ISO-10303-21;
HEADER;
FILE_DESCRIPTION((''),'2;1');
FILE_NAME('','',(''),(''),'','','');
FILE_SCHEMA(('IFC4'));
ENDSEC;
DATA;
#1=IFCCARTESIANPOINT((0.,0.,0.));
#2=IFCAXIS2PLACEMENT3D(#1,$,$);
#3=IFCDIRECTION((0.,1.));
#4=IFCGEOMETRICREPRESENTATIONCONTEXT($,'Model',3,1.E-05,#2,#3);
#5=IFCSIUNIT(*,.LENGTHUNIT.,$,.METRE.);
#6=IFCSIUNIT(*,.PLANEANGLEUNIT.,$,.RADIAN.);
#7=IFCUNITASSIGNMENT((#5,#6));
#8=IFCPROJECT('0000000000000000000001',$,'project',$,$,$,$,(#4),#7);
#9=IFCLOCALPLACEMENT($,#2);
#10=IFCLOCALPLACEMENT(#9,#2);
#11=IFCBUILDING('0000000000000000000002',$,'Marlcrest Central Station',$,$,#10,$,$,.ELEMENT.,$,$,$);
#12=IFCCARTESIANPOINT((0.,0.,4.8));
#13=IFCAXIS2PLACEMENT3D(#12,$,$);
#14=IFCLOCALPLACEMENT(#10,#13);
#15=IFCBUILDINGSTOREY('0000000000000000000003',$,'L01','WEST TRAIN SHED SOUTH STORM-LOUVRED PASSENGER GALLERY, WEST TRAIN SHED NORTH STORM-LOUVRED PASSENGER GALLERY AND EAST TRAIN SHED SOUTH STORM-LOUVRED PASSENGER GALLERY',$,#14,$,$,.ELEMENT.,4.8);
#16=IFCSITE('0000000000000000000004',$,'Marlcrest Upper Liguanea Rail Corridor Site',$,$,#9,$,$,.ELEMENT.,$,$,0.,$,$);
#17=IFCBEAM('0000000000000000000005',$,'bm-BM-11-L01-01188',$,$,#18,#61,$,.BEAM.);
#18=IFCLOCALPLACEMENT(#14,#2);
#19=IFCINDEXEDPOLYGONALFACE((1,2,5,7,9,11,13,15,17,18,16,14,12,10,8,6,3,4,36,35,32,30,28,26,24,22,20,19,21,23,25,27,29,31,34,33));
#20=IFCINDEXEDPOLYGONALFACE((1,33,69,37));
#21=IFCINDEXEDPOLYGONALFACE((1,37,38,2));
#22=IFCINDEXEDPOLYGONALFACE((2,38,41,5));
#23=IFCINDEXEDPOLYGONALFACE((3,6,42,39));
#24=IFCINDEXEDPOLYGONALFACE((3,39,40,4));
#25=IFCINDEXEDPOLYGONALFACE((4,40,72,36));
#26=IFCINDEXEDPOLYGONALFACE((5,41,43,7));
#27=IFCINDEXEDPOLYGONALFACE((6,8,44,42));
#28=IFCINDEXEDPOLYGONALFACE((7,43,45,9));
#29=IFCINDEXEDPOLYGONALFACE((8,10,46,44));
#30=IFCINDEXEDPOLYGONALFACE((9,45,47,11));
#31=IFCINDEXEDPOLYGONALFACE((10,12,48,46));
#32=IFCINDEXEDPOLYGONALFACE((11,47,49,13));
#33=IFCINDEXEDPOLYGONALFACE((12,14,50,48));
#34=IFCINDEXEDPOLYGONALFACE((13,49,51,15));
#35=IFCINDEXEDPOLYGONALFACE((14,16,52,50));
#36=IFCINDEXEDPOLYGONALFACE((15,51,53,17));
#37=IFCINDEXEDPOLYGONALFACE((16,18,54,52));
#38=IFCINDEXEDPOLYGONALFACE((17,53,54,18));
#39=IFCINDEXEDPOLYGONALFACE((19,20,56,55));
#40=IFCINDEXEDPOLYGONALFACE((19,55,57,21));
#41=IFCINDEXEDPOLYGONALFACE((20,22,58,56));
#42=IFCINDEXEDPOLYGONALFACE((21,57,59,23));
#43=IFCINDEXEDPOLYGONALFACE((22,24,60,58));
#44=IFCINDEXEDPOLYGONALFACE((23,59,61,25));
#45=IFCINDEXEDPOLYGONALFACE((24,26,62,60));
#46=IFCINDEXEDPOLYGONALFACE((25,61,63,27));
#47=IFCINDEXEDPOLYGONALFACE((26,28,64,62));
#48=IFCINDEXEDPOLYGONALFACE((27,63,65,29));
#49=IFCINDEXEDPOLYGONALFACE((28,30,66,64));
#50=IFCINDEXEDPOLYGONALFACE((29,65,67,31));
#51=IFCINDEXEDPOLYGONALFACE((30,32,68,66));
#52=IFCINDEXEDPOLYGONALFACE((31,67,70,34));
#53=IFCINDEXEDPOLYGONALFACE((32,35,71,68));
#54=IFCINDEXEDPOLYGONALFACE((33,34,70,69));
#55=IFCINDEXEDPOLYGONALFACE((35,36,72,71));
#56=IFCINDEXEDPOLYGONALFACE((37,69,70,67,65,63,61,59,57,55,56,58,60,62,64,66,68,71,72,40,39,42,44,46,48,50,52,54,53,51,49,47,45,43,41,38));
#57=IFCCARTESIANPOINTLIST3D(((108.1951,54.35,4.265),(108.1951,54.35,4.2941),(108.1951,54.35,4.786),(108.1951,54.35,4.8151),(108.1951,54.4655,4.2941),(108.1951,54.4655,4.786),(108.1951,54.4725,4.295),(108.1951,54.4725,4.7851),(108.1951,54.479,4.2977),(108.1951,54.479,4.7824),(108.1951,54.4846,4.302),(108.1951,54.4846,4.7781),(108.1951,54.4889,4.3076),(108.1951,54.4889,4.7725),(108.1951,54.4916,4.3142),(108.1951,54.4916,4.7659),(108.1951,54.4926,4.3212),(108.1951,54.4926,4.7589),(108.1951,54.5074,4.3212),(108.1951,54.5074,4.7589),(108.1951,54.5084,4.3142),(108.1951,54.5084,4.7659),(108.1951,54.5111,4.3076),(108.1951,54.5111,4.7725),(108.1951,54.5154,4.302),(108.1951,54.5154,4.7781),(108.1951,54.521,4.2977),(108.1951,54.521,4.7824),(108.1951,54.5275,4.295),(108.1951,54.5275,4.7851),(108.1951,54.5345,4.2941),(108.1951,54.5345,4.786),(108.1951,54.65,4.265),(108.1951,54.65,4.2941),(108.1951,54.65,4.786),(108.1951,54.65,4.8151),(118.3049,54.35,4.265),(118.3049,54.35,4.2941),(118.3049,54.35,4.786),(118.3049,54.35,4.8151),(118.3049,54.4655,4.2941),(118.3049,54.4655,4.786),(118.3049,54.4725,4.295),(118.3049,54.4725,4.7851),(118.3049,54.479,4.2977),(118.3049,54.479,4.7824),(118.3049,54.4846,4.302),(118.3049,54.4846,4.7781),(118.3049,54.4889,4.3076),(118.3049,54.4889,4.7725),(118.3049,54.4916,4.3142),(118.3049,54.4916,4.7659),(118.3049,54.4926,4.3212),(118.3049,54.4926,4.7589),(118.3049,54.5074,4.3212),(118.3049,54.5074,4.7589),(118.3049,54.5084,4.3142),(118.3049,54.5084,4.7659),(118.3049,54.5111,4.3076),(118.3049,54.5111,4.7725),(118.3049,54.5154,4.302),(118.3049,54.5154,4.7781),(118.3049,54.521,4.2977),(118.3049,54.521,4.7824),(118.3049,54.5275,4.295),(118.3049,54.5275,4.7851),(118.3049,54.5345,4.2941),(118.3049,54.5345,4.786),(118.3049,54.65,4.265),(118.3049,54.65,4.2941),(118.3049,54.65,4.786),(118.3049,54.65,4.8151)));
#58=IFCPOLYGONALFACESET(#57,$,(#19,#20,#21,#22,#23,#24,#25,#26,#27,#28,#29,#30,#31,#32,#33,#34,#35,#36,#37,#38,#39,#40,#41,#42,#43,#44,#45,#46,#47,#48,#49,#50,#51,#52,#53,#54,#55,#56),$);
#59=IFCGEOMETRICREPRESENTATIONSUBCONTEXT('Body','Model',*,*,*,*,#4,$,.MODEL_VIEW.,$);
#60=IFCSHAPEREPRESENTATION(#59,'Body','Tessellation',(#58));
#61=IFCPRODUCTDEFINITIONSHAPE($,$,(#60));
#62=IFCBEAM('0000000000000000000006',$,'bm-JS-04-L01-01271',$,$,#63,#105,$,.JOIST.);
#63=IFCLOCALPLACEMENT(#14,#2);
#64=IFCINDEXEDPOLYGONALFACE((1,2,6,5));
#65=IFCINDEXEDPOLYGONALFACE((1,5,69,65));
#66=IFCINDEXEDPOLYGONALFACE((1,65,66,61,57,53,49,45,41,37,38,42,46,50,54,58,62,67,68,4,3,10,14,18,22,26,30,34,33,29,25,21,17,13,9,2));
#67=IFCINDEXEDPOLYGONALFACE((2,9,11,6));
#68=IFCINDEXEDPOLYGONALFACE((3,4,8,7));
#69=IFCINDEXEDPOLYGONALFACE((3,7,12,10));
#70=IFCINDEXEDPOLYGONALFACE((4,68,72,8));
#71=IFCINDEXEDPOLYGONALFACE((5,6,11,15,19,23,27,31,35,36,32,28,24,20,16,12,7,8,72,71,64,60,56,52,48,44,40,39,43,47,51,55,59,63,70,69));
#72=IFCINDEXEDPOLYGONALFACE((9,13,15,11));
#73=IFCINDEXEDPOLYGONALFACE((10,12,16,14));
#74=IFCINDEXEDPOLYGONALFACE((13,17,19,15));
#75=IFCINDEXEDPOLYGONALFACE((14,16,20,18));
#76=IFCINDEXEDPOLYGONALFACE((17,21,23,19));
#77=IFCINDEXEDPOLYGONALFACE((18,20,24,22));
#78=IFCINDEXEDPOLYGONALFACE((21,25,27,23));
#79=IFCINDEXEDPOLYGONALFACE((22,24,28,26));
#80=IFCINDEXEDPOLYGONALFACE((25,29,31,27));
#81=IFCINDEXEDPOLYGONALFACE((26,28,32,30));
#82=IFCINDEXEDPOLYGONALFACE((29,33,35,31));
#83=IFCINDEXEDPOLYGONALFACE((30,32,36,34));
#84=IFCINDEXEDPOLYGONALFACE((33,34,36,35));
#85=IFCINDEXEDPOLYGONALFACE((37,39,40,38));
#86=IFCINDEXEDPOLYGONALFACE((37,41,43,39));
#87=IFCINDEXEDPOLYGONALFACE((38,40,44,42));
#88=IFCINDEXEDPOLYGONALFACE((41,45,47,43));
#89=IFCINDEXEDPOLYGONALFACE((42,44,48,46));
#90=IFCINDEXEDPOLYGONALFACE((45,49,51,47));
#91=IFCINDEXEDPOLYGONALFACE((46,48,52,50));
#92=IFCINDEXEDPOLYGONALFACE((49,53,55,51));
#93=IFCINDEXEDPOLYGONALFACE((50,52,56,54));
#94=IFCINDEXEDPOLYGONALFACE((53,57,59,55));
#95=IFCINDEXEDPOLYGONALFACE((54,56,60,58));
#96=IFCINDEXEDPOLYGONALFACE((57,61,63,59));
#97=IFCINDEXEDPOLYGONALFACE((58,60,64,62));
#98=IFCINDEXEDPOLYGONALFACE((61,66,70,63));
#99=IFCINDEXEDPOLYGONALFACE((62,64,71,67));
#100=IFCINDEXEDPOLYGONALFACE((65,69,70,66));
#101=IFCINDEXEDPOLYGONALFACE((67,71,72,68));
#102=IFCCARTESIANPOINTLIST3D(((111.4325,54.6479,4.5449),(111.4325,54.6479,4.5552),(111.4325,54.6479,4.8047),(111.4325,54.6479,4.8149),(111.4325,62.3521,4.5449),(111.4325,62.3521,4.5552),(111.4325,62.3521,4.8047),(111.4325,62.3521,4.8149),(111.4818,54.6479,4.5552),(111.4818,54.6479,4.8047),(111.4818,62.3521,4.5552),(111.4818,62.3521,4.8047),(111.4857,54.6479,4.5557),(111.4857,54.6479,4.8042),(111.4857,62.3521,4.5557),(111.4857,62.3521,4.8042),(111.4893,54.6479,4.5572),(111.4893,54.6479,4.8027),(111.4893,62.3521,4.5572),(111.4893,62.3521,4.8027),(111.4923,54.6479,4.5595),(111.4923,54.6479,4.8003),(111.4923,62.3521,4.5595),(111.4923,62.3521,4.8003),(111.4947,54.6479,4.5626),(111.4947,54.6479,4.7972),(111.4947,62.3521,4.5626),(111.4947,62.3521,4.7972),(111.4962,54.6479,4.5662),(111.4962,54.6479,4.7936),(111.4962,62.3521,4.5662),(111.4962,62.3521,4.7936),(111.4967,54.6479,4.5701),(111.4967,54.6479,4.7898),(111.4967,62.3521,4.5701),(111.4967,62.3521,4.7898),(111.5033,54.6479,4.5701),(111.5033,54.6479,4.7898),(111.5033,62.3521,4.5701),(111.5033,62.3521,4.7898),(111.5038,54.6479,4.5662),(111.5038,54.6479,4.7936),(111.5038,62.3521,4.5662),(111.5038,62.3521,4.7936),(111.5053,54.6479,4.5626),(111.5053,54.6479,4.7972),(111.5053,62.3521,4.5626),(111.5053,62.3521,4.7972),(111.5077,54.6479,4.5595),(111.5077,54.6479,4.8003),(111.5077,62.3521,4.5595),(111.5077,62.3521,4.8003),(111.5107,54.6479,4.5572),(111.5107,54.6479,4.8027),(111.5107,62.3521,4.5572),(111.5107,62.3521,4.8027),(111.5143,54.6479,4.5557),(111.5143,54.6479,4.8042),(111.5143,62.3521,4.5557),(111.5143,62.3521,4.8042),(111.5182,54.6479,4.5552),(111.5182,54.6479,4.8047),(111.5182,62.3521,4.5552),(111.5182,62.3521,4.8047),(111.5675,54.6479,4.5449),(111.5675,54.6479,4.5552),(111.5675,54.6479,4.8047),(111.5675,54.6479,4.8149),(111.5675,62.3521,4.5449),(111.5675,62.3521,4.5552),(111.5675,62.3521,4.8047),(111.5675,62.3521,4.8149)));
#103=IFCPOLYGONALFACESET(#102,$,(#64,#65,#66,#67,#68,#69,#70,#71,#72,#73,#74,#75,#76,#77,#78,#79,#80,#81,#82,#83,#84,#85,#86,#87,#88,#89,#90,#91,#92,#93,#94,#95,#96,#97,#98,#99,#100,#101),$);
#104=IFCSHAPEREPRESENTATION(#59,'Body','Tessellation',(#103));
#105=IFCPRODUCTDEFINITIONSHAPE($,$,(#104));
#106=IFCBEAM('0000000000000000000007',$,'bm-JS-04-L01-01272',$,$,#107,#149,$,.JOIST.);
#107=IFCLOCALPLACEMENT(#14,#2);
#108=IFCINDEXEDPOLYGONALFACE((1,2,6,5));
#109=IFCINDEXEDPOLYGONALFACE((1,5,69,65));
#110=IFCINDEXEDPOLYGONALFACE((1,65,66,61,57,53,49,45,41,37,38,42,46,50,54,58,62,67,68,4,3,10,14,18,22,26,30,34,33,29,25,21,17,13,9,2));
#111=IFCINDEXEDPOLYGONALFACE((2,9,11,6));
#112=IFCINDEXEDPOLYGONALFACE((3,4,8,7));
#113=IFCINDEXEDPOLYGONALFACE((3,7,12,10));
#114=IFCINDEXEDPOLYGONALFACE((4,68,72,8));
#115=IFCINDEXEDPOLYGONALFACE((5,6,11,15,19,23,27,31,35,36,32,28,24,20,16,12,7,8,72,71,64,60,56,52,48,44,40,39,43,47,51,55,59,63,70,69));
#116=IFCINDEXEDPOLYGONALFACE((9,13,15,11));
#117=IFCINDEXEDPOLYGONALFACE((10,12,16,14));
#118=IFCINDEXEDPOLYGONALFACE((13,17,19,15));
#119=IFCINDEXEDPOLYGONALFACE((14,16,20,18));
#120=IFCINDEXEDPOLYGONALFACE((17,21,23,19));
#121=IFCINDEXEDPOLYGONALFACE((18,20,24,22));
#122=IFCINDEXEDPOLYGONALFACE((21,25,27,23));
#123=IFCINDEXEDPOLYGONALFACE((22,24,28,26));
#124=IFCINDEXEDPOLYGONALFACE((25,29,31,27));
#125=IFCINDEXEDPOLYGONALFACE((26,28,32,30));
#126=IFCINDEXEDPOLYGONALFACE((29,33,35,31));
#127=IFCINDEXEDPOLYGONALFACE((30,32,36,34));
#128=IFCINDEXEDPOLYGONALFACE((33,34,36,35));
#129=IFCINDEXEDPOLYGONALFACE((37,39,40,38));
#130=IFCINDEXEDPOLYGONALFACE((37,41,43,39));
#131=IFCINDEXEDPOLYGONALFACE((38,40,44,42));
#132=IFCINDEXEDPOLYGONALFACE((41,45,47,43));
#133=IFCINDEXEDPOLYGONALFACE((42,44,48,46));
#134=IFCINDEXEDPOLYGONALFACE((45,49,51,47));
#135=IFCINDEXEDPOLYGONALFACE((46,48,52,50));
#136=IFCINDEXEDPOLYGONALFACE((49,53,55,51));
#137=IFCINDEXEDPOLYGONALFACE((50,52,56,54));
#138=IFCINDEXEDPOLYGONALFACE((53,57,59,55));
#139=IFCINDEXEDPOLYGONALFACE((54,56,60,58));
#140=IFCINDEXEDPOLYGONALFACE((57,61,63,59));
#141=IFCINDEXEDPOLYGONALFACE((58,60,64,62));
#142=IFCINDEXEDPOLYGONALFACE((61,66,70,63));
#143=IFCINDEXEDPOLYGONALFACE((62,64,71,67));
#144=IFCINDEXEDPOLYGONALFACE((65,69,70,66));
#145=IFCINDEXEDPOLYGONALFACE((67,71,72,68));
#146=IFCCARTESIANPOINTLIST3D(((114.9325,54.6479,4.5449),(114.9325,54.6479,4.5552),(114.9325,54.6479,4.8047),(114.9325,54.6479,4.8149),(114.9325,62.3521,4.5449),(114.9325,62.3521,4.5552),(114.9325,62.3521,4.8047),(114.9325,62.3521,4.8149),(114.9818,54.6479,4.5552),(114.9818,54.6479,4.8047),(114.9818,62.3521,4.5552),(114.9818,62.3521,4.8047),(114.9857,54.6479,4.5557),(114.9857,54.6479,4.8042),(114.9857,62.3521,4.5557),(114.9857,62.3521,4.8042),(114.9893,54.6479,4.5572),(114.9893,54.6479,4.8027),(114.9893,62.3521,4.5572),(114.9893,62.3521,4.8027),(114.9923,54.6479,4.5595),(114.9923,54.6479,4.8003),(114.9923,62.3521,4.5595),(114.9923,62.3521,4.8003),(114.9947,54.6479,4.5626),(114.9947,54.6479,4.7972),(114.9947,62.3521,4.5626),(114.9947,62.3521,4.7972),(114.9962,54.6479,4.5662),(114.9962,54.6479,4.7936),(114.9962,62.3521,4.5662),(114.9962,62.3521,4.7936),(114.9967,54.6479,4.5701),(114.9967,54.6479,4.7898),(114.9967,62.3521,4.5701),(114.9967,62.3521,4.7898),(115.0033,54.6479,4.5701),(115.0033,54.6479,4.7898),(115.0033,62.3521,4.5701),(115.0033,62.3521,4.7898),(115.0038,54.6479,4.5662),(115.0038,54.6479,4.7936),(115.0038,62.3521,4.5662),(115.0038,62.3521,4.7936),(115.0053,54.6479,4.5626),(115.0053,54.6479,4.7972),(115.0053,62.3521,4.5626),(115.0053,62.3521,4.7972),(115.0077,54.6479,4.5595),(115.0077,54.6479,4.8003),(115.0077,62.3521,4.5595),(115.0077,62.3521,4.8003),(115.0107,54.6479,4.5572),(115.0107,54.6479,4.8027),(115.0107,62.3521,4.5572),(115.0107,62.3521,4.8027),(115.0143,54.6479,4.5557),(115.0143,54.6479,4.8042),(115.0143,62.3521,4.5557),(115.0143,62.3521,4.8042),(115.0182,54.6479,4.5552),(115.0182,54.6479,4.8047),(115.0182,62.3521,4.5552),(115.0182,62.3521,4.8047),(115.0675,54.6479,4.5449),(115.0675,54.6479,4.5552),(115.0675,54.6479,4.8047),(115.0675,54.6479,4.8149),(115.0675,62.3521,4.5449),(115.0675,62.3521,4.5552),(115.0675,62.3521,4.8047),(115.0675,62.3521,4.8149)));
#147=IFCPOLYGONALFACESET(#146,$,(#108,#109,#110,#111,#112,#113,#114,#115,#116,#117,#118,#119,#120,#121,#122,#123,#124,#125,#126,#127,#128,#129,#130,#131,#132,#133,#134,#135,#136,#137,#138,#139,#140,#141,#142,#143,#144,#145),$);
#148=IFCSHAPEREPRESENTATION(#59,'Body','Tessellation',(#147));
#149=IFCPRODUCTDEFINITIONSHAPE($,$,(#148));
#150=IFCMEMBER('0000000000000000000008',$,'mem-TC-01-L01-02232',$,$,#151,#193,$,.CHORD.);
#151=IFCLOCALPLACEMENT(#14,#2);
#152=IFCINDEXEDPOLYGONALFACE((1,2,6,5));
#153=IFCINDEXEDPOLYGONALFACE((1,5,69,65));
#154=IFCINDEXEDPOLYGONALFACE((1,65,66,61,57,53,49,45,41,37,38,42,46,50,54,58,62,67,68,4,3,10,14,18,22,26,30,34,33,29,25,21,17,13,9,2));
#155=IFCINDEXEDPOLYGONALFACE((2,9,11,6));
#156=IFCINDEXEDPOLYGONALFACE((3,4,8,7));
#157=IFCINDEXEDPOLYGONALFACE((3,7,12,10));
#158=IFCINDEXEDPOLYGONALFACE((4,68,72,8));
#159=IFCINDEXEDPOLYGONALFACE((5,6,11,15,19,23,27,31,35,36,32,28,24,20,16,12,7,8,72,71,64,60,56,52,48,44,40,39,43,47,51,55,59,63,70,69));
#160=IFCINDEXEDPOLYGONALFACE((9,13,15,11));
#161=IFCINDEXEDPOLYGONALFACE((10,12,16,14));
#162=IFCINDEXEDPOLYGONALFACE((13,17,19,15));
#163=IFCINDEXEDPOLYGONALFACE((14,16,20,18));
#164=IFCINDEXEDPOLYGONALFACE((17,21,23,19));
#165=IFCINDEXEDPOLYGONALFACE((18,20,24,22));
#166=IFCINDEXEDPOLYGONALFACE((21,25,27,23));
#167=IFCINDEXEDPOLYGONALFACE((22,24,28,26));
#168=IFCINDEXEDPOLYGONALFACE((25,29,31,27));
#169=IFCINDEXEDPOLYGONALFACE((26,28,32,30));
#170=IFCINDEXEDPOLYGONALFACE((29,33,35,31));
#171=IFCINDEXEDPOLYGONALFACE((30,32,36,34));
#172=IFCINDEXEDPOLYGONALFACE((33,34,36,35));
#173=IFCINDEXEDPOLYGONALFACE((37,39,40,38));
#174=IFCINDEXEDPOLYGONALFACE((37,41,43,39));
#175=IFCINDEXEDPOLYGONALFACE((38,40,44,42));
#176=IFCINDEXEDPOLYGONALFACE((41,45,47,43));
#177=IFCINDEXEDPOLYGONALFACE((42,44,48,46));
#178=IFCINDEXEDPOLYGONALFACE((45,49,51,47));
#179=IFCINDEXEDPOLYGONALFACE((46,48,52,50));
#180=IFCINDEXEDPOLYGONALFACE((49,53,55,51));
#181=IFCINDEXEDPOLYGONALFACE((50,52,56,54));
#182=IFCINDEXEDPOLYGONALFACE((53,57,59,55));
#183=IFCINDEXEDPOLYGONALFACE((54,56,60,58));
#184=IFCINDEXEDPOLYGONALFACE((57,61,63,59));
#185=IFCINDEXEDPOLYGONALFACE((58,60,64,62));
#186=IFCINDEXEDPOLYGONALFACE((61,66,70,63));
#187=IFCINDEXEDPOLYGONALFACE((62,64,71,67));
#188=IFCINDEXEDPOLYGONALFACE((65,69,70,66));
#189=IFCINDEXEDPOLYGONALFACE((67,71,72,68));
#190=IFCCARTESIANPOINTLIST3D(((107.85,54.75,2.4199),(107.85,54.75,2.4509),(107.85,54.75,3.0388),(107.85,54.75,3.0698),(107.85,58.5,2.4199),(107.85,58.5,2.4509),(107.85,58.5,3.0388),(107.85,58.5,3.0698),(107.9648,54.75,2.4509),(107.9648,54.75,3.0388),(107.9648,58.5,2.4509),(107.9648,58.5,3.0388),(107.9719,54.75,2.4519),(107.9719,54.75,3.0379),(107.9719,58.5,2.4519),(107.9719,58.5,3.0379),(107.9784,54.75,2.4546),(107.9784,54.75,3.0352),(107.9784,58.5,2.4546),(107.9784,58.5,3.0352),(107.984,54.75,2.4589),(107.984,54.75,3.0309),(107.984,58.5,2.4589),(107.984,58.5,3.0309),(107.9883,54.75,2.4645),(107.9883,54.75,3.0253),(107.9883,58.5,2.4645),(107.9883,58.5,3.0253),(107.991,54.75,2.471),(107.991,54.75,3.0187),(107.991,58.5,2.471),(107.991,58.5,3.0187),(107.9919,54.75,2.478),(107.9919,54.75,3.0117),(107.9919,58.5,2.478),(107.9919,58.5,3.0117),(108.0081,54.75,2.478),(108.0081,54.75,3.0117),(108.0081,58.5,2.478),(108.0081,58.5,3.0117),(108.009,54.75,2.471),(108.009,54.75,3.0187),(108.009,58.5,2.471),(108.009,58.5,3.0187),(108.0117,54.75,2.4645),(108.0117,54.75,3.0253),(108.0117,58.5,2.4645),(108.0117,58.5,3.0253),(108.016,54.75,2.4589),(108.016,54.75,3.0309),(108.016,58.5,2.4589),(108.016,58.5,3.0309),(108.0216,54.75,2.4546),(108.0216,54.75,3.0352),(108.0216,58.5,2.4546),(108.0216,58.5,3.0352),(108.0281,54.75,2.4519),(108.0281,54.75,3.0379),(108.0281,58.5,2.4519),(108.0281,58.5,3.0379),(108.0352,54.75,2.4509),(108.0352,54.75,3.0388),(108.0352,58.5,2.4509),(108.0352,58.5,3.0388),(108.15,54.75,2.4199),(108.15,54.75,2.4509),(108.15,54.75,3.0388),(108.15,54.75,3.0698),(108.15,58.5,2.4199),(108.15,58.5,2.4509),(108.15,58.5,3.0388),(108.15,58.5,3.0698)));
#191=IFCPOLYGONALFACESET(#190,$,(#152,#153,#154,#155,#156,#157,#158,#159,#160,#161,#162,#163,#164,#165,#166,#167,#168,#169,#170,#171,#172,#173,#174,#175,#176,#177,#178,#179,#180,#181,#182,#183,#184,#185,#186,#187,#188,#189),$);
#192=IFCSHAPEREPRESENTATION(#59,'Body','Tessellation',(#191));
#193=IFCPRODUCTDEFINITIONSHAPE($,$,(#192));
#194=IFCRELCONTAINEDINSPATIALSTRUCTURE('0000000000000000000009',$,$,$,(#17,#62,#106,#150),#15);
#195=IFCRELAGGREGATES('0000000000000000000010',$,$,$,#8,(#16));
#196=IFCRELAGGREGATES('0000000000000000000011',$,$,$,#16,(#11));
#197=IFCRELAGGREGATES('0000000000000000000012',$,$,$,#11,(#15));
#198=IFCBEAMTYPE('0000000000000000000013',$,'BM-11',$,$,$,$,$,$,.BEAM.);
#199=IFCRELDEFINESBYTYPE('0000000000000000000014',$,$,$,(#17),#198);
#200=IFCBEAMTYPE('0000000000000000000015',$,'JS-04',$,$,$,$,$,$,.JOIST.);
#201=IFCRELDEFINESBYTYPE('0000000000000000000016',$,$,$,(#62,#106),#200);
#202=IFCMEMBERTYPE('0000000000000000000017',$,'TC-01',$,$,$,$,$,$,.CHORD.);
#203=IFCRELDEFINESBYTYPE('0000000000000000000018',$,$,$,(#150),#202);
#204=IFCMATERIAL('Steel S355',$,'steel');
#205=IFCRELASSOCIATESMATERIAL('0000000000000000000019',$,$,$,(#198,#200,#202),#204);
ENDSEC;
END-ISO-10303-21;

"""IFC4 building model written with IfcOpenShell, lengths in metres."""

from ifc_helpers import new_model, si_unit, direction, frame, origin, origin_2d, place, context, subcontext, project, spatial, i_section, extrude, material, material_profile, profile_set, type_object, element, save


model = new_model("IFC4")

# Units and contexts
model_context = context("Model", 3, precision=1e-05, world=origin(), true_north=direction((0.0, 1.0)))
body_context = subcontext(model_context, "Body", "Model", "MODEL_VIEW")
ifc_project = project(units=[si_unit("LENGTHUNIT", "METRE"), si_unit("PLANEANGLEUNIT", "RADIAN")], contexts=[model_context])

# Site, building, storey
site_placement = place(None, origin())
site = spatial("IfcSite", under=ifc_project, at=site_placement, Name="Marlcrest Upper Liguanea Rail Corridor Site", CompositionType="ELEMENT", RefElevation=0.0)
building_placement = place(site_placement, origin())
building = spatial("IfcBuilding", under=site, at=building_placement, Name="Marlcrest Central Station", CompositionType="ELEMENT")
storey_placement = place(building_placement, frame((0.0, 0.0, 4.8)))
storey = spatial("IfcBuildingStorey", under=building, at=storey_placement, Name="L01", Description="WEST TRAIN SHED SOUTH STORM-LOUVRED PASSENGER GALLERY, WEST TRAIN SHED NORTH STORM-LOUVRED PASSENGER GALLERY AND EAST TRAIN SHED SOUTH STORM-LOUVRED PASSENGER GALLERY", CompositionType="ELEMENT", Elevation=4.8)

# Beams
ifc_material = material(Name="Steel S355", Category="steel")
ifc_material_profile_1 = material_profile(ifc_material, i_section(OverallWidth=0.3, OverallDepth=0.55, WebThickness=0.0149, FlangeThickness=0.0291, FilletRadius=0.0271, at=origin_2d()), Name="HEB 550")
ifc_profile_set_1 = profile_set([ifc_material_profile_1], Name="Steel S355")
beam_type_1 = type_object("IfcBeamType", Name="BM-11", PredefinedType="BEAM", material=ifc_profile_set_1)
beam_placement = place(storey_placement, frame((108.1951, 54.5, 4.54), z_axis=(1.0, 0.0, 0.0), x_axis=(0.0, 1.0, 0.0)))
element("IfcBeam", 1, at=beam_placement, inside=storey, type_object=beam_type_1, Name="bm-BM-11-L01-01188", PredefinedType="BEAM", context=body_context, shape_type="SweptSolid", body=[
    extrude(i_section(OverallWidth=0.3, OverallDepth=0.55, WebThickness=0.0149, FlangeThickness=0.0291, FilletRadius=0.0271, at=origin_2d()), origin(), (0.0, 0.0, 1.0), 10.1099),
])
ifc_material_profile_2 = material_profile(ifc_material, i_section(OverallWidth=0.135, OverallDepth=0.27, WebThickness=0.0066, FlangeThickness=0.0103, FilletRadius=0.0149, at=origin_2d()), Name="IPE 270")
ifc_profile_set_2 = profile_set([ifc_material_profile_2], Name="Steel S355")
beam_type_2 = type_object("IfcBeamType", Name="JS-04", PredefinedType="JOIST", material=ifc_profile_set_2)
for number, where, z_axis, x_axis, name in (
    (2, (111.5, 54.6479, 4.6799), (0.0, 1.0, 0.0), (-1.0, 0.0, 0.0), "bm-JS-04-L01-01271"),
    (3, (115.0, 54.6479, 4.6799), (0.0, 1.0, 0.0), (-1.0, 0.0, 0.0), "bm-JS-04-L01-01272"),
):
    element("IfcBeam", number, at=place(storey_placement, frame(where, z_axis=z_axis, x_axis=x_axis)), inside=storey, type_object=beam_type_2, Name=name, PredefinedType="JOIST", context=body_context, shape_type="SweptSolid", body=[
        extrude(i_section(OverallWidth=0.135, OverallDepth=0.27, WebThickness=0.0066, FlangeThickness=0.0103, FilletRadius=0.0149, at=origin_2d()), origin(), (0.0, 0.0, 1.0), 7.7041),
    ])

# Member
ifc_material_profile_3 = material_profile(ifc_material, i_section(OverallWidth=0.3, OverallDepth=0.6499, WebThickness=0.0161, FlangeThickness=0.031, FilletRadius=0.0271, at=origin_2d()), Name="HEB 650")
ifc_profile_set_3 = profile_set([ifc_material_profile_3], Name="Steel S355")
member_type_1 = type_object("IfcMemberType", Name="TC-01", PredefinedType="CHORD", material=ifc_profile_set_3)
for number, where, z_axis, x_axis, name in (
    (4, (108.0, 54.75, 2.7449), (0.0, 1.0, 0.0), (-1.0, 0.0, 0.0), "mem-TC-01-L01-02232"),
):
    element("IfcMember", number, at=place(storey_placement, frame(where, z_axis=z_axis, x_axis=x_axis)), inside=storey, type_object=member_type_1, Name=name, PredefinedType="CHORD", context=body_context, shape_type="SweptSolid", body=[
        extrude(i_section(OverallWidth=0.3, OverallDepth=0.6499, WebThickness=0.0161, FlangeThickness=0.031, FilletRadius=0.0271, at=origin_2d()), origin(), (0.0, 0.0, 1.0), 3.75),
    ])

save(model, "model.ifc")
